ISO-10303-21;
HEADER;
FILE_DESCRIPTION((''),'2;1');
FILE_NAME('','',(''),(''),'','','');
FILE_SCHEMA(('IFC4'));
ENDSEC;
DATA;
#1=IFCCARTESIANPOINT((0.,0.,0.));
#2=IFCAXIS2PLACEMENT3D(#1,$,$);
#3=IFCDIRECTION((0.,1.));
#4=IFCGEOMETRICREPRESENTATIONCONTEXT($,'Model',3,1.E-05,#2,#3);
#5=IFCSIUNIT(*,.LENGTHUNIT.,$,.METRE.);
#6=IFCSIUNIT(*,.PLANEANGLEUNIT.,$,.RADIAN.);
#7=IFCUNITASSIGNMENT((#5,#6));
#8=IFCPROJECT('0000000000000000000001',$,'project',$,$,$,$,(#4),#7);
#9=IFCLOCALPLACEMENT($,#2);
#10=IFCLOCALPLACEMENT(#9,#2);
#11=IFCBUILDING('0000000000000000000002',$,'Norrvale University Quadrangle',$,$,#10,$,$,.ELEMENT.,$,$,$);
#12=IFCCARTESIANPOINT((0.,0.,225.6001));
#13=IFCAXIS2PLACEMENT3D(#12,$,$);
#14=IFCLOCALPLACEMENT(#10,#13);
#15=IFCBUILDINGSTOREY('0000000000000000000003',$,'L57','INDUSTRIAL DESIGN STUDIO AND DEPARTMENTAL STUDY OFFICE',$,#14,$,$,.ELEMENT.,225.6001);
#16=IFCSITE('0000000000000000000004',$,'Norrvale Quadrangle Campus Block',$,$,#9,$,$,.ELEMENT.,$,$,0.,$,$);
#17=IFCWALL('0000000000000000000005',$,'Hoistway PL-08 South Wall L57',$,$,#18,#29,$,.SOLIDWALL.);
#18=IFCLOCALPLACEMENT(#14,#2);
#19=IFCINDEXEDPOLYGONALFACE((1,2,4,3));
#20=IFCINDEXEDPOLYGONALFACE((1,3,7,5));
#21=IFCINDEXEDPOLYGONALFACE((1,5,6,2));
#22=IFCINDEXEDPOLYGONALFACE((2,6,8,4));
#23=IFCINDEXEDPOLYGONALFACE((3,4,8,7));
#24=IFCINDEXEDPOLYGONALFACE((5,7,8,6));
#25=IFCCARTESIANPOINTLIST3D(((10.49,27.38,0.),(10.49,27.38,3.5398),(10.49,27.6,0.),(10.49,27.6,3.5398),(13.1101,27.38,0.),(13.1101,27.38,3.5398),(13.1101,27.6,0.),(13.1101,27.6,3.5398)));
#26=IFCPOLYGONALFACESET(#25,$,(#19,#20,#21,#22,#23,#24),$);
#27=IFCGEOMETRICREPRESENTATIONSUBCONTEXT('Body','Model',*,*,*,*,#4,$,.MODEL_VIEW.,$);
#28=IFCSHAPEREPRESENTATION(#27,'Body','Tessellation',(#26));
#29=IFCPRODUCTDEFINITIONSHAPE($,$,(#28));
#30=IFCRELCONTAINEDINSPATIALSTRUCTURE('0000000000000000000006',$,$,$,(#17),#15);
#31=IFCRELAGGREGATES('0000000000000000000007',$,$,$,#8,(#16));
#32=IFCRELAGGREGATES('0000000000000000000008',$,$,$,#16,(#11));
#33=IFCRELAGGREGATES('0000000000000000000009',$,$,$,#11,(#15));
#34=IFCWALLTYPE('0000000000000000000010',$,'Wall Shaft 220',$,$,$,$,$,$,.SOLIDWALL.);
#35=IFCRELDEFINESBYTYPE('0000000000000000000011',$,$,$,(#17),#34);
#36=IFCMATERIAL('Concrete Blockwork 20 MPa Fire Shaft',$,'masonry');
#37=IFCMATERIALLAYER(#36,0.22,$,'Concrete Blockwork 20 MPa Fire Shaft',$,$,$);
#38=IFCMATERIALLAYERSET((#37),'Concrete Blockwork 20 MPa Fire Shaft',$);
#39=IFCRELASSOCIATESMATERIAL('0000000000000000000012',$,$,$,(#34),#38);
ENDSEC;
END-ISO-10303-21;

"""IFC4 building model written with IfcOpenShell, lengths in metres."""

from ifc_helpers import new_model, si_unit, direction, frame, frame_2d, origin, place, context, subcontext, project, spatial, rectangle, extrude, material, layer, layer_set, type_object, element, save


model = new_model("IFC4")

# Units and contexts
model_context = context("Model", 3, precision=1e-05, world=origin(), true_north=direction((0.0, 1.0)))
body_context = subcontext(model_context, "Body", "Model", "MODEL_VIEW")
ifc_project = project(units=[si_unit("LENGTHUNIT", "METRE"), si_unit("PLANEANGLEUNIT", "RADIAN")], contexts=[model_context])

# Site, building, storey
site_placement = place(None, origin())
site = spatial("IfcSite", under=ifc_project, at=site_placement, Name="Norrvale Quadrangle Campus Block", CompositionType="ELEMENT", RefElevation=0.0)
building_placement = place(site_placement, origin())
building = spatial("IfcBuilding", under=site, at=building_placement, Name="Norrvale University Quadrangle", CompositionType="ELEMENT")
storey_placement = place(building_placement, frame((0.0, 0.0, 225.6001)))
storey = spatial("IfcBuildingStorey", under=building, at=storey_placement, Name="L57", Description="INDUSTRIAL DESIGN STUDIO AND DEPARTMENTAL STUDY OFFICE", CompositionType="ELEMENT", Elevation=225.6001)

# Shared definitions
ifc_material_1 = material(Name="Concrete Blockwork 20 MPa Fire Shaft", Category="masonry")
ifc_layer_1 = layer(ifc_material_1, 0.22, Name="Concrete Blockwork 20 MPa Fire Shaft")
ifc_layer_set_1 = layer_set([ifc_layer_1], Name="Concrete Blockwork 20 MPa Fire Shaft")
wall_type_1 = type_object("IfcWallType", Name="Wall Shaft 220", PredefinedType="SOLIDWALL", material=ifc_layer_set_1)

# Wall
wall_1_placement = place(storey_placement, frame((10.49, 27.49, 0.0), z_axis=(0.0, 0.0, 1.0), x_axis=(1.0, 0.0, 0.0)))
element("IfcWall", 1, at=wall_1_placement, inside=storey, type_object=wall_type_1, Name="Hoistway PL-08 South Wall L57", PredefinedType="SOLIDWALL", context=body_context, shape_type="SweptSolid", body=[
    extrude(rectangle(XDim=2.6201, YDim=0.22, at=frame_2d((1.3101, 0.0))), origin(), (0.0, 0.0, 1.0), 3.5398),
])

save(model, "model.ifc")
